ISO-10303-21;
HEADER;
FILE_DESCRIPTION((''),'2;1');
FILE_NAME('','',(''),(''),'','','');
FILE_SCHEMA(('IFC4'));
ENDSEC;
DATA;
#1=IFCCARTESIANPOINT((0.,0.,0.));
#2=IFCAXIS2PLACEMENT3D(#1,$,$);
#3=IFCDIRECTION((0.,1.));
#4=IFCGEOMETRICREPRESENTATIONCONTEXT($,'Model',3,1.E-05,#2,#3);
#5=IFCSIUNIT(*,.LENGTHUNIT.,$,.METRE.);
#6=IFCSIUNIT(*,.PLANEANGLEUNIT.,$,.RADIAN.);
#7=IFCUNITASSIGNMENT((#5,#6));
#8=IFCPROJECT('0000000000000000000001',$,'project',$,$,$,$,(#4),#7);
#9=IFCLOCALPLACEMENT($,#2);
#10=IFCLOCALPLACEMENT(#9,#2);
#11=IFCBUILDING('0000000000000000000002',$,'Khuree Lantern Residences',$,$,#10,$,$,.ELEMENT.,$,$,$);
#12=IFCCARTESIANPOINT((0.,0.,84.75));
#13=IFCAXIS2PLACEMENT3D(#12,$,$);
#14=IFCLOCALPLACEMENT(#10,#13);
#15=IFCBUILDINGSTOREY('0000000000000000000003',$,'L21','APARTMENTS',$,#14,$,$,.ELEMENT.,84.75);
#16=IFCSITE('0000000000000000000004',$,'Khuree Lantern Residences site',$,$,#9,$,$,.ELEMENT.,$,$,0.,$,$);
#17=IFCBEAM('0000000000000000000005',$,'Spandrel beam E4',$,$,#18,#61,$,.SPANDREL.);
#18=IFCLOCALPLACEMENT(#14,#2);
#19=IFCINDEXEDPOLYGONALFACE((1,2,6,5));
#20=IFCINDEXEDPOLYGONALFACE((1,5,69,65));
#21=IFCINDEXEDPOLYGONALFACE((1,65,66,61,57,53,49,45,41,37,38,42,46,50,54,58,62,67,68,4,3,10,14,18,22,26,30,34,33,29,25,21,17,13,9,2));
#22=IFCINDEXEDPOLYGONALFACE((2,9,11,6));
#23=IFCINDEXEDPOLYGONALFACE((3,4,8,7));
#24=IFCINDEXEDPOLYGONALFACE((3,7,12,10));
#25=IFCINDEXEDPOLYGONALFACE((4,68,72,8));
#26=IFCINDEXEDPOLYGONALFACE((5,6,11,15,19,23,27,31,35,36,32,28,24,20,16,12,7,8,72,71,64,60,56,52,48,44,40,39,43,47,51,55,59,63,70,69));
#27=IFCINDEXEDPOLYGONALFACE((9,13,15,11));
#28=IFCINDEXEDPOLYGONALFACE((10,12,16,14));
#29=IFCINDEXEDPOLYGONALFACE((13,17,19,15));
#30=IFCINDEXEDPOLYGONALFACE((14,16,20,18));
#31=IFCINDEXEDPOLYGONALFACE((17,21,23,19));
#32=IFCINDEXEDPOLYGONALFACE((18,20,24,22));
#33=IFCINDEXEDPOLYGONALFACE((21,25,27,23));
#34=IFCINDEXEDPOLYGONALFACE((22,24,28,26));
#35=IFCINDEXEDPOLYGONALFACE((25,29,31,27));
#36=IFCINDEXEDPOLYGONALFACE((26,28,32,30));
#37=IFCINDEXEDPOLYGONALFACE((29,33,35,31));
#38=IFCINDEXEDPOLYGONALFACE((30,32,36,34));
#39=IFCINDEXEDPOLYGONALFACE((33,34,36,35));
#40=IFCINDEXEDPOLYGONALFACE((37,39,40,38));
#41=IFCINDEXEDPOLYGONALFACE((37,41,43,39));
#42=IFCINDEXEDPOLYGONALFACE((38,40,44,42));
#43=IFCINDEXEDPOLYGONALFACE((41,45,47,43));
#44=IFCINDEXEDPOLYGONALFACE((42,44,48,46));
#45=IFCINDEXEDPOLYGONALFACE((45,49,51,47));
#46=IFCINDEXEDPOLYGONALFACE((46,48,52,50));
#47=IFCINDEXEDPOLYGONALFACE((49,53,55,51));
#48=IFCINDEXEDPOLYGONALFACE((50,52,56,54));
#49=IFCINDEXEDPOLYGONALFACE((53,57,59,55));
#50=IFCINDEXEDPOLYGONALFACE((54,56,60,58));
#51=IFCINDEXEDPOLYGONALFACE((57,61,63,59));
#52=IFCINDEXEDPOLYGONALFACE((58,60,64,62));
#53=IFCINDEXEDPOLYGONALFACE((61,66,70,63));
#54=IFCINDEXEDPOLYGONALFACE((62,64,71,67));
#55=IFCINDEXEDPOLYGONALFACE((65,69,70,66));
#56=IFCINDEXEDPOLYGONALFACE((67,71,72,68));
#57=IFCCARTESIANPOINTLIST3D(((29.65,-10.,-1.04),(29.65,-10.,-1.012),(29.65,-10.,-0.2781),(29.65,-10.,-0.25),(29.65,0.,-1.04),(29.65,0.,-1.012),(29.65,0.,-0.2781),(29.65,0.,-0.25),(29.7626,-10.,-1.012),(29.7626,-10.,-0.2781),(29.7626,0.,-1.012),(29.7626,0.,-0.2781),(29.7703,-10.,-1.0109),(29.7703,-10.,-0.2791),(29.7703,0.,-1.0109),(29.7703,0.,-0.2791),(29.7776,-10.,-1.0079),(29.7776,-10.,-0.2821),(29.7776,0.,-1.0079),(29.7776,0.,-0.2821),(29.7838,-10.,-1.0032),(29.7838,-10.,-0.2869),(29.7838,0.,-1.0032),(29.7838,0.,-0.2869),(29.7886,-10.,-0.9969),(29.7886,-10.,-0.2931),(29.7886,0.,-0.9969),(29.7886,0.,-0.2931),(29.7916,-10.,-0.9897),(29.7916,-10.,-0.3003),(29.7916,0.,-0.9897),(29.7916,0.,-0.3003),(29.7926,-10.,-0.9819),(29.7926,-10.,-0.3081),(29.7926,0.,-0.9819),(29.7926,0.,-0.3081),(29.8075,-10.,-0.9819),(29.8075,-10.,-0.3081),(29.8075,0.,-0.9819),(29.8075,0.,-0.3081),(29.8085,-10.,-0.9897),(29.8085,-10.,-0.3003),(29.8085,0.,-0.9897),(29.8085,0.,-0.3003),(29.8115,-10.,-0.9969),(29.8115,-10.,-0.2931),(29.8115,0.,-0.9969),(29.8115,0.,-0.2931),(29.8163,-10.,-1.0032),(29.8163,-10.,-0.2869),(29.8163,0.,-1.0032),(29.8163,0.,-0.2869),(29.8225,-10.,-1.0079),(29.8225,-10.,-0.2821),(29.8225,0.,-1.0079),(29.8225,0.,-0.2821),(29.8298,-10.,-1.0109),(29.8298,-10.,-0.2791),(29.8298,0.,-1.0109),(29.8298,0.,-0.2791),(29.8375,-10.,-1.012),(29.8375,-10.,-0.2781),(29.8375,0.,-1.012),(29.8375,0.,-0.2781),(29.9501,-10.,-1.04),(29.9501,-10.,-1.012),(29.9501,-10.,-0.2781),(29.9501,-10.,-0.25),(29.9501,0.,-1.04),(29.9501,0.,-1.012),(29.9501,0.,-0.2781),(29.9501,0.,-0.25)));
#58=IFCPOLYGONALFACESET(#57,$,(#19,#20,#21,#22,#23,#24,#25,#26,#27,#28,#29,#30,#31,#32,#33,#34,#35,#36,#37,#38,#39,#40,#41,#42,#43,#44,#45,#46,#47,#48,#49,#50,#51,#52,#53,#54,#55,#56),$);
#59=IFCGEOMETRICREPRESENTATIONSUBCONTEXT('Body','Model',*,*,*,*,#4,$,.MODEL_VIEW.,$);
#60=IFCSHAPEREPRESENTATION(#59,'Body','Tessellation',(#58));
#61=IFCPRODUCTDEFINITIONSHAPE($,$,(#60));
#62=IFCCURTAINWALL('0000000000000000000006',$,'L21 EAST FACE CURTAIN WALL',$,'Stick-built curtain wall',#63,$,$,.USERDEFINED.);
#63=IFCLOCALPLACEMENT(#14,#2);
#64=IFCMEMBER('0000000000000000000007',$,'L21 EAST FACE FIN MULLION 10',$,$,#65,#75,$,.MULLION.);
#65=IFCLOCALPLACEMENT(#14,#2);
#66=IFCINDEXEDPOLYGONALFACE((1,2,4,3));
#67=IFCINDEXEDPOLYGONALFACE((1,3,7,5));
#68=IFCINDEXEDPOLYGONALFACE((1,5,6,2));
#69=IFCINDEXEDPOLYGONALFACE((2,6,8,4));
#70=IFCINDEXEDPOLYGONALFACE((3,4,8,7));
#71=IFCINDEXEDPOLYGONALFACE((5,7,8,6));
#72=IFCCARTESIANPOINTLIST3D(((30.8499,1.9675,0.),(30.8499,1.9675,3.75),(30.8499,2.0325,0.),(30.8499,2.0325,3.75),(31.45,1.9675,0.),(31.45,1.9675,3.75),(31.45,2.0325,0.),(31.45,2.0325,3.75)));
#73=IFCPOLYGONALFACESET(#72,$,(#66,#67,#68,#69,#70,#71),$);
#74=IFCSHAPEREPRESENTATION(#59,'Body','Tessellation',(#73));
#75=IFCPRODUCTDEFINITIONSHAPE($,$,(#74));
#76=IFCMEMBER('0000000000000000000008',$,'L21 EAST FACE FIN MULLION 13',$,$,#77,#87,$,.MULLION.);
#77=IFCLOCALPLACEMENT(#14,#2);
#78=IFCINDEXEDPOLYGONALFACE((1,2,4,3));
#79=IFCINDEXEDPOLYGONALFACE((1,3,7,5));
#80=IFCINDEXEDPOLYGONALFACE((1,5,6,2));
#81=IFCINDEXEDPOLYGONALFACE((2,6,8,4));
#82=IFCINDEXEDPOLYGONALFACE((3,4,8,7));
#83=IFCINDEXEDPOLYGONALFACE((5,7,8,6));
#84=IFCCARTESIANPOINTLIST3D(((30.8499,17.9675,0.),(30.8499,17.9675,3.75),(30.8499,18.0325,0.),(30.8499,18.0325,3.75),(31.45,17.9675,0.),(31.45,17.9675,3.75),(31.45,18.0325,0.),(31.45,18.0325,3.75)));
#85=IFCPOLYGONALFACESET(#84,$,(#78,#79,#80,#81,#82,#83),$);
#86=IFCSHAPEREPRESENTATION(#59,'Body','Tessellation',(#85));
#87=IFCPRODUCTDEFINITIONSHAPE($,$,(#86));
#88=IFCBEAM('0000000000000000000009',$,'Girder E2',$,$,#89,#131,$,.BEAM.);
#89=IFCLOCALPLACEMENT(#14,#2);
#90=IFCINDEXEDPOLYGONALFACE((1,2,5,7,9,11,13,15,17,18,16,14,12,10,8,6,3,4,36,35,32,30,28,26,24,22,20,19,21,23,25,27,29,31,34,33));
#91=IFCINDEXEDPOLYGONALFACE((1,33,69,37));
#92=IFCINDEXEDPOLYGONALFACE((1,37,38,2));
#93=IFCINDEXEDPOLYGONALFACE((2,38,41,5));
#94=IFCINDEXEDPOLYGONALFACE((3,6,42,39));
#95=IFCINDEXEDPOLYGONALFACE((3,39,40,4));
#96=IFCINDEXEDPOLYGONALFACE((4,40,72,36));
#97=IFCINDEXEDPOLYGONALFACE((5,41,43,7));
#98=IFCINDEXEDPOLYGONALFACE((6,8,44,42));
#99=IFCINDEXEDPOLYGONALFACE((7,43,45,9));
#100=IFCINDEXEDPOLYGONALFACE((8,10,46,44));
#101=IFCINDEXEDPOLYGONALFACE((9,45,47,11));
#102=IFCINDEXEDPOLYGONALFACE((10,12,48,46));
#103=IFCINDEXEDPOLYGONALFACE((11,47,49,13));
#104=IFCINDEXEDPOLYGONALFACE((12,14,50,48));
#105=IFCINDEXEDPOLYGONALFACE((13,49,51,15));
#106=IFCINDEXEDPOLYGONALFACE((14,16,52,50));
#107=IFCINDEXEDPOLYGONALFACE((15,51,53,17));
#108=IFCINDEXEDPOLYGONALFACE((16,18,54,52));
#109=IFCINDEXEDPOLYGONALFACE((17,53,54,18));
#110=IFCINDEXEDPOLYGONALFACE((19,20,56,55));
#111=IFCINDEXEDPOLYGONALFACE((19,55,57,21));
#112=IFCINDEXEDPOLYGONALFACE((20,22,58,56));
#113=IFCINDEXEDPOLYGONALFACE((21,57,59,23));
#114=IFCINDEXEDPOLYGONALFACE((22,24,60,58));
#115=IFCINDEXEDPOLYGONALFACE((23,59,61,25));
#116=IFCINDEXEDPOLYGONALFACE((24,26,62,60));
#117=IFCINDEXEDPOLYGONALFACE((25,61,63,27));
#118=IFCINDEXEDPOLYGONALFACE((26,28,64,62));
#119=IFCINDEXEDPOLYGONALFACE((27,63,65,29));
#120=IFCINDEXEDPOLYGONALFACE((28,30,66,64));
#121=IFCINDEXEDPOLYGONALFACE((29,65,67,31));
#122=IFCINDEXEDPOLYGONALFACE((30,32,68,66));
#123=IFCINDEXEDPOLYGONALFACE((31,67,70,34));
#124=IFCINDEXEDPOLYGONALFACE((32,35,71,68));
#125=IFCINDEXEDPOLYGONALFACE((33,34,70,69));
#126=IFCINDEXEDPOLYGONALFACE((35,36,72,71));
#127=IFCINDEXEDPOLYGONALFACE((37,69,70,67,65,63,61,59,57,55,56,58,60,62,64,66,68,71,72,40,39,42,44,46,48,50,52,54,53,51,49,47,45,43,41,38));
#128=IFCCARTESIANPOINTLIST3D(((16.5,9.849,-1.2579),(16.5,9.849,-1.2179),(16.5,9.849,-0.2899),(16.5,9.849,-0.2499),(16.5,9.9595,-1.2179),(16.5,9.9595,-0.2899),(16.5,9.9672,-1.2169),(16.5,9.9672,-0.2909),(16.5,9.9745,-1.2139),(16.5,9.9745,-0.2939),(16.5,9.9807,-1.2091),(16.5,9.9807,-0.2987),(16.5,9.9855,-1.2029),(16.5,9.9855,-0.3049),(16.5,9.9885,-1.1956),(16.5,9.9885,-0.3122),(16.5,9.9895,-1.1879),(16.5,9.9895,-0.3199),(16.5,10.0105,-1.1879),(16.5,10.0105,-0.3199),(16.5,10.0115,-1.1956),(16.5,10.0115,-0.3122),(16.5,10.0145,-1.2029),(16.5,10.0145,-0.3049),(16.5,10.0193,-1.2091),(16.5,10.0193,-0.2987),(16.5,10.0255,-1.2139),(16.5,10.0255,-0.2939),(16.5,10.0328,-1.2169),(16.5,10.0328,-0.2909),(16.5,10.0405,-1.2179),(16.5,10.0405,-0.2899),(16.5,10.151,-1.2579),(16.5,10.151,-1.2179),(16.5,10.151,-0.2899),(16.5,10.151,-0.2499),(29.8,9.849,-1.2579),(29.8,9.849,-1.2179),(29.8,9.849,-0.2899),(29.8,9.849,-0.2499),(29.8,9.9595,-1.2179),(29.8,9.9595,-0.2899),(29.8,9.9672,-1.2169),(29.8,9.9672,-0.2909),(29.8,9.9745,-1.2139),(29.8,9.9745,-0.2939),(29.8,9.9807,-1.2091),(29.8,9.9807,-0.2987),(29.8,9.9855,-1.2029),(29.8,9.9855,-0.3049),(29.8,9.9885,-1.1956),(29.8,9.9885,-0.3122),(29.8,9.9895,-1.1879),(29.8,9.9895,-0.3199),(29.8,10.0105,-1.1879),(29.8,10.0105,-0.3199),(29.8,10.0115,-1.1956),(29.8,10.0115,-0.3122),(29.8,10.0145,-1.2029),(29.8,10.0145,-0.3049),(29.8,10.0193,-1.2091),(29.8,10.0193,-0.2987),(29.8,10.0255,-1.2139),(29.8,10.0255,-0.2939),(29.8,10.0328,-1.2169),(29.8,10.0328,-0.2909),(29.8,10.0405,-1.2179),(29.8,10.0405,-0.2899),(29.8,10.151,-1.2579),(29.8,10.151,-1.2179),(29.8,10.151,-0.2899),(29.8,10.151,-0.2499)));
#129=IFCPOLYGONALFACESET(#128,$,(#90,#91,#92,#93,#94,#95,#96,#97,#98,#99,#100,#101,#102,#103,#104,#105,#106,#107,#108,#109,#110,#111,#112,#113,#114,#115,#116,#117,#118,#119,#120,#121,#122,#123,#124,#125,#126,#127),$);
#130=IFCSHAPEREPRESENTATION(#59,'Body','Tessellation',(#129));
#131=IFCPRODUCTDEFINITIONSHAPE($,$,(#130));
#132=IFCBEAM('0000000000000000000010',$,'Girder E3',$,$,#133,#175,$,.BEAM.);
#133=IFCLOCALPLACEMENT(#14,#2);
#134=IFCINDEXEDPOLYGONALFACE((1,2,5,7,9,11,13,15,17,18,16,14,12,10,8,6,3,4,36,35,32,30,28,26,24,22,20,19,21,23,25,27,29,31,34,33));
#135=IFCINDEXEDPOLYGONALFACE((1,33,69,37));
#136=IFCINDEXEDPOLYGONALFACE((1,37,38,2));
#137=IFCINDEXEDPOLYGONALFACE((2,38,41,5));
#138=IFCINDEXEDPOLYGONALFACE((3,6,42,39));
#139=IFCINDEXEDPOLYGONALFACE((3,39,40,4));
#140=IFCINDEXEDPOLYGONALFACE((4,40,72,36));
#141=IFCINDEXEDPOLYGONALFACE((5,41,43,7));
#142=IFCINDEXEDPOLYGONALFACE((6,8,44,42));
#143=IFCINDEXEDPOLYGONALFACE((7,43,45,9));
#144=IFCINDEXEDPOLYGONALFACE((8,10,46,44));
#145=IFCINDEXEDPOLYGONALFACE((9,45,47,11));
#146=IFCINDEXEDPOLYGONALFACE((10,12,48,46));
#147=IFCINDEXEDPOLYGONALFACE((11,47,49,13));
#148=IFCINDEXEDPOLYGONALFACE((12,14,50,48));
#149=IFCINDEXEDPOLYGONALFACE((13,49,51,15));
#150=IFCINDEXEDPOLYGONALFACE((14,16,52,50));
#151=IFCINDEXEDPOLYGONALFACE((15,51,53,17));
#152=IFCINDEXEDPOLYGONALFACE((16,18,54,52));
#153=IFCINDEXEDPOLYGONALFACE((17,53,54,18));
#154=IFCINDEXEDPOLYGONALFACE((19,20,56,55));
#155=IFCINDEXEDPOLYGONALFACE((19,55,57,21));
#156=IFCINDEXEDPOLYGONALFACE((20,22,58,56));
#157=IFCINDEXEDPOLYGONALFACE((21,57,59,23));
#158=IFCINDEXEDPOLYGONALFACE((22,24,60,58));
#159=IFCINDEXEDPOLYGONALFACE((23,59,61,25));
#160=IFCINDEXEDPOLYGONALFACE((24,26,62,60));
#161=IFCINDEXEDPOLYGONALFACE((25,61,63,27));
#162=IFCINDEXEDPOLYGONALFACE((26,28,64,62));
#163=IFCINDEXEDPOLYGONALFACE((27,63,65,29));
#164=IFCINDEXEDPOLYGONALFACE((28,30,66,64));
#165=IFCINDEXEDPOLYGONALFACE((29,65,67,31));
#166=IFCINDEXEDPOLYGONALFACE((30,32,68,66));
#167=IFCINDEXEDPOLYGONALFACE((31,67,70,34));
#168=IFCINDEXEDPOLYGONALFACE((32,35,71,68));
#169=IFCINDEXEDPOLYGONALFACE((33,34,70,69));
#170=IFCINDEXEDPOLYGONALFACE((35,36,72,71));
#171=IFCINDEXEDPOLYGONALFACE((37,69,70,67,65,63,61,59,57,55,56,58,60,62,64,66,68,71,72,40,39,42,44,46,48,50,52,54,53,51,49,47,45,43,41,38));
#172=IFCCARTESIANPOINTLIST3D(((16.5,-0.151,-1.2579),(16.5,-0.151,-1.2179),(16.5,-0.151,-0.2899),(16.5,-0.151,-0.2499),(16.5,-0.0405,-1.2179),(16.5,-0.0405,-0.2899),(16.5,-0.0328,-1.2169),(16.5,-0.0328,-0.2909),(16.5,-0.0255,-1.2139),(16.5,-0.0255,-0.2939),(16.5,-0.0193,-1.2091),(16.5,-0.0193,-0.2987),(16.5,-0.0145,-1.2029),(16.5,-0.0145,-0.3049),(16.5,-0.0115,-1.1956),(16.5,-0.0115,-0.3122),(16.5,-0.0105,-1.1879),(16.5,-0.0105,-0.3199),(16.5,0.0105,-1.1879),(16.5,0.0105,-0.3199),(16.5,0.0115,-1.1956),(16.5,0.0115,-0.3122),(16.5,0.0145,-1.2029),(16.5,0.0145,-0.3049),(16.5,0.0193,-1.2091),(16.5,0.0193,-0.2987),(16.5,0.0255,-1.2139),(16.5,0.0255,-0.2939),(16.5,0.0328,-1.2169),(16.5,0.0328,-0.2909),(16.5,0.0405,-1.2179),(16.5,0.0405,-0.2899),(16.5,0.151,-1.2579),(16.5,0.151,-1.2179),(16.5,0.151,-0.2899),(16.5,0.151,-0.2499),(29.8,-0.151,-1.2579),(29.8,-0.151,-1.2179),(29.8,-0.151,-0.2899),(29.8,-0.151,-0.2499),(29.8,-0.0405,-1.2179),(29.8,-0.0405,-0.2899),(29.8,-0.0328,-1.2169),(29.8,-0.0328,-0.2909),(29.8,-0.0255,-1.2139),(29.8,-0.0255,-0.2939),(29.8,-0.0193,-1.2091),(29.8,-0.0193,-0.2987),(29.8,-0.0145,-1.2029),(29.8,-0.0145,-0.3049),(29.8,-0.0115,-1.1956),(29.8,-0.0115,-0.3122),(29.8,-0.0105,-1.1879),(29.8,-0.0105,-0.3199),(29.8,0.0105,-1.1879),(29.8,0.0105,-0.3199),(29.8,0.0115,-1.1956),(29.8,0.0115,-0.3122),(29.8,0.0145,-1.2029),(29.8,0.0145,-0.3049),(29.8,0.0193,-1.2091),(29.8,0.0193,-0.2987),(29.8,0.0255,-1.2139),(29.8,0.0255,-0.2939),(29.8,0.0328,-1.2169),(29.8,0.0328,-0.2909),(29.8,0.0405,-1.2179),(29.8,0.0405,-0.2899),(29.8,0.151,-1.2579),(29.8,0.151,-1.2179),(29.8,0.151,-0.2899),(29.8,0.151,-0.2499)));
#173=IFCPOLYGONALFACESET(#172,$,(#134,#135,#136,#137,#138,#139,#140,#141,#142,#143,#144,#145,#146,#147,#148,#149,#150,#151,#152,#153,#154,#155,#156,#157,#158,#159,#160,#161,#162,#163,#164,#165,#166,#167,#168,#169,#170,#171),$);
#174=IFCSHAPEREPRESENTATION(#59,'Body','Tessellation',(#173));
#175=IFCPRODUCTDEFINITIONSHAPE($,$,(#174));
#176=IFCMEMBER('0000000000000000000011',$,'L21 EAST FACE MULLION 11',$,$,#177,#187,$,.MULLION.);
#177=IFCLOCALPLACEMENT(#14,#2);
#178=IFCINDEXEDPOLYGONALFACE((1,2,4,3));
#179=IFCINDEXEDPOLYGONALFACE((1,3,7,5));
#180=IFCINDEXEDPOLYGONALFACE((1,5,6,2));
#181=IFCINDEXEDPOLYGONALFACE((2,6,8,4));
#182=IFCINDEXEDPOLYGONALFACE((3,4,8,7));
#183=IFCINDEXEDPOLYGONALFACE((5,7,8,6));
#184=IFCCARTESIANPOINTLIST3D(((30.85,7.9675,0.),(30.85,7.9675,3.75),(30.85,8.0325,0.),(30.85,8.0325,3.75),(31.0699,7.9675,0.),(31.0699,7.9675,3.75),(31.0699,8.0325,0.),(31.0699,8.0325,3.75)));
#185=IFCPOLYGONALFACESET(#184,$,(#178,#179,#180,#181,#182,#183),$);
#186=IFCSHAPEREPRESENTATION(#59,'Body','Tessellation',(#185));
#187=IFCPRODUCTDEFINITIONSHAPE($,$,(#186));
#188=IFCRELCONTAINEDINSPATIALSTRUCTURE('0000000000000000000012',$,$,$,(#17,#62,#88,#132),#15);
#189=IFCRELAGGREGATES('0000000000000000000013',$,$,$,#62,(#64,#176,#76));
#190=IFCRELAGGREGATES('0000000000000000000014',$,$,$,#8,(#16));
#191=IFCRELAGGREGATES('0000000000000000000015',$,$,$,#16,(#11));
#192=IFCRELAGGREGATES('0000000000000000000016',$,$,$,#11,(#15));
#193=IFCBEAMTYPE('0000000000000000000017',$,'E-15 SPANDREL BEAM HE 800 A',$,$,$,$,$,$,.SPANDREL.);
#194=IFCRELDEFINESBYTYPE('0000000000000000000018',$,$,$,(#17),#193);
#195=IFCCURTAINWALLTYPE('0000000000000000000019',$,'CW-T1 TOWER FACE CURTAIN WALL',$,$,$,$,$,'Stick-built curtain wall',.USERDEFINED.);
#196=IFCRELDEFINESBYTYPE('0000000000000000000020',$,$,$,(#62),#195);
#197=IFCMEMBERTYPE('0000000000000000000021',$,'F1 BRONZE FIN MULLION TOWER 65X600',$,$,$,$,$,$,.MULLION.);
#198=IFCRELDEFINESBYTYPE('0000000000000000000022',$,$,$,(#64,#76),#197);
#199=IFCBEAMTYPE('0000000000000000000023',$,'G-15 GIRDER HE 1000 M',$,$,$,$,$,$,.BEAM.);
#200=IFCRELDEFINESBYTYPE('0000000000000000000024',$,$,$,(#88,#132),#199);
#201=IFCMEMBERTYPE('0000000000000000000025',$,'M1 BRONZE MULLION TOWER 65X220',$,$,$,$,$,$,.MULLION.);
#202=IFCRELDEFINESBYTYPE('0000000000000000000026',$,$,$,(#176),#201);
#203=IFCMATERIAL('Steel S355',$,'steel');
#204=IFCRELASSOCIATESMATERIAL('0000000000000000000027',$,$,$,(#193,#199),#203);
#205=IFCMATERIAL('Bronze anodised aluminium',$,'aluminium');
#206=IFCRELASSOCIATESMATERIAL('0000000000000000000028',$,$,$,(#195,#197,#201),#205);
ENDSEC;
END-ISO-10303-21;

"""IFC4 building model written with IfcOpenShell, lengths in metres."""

from ifc_helpers import new_model, si_unit, direction, frame, origin, origin_2d, place, context, subcontext, project, spatial, rectangle, i_section, extrude, material, material_profile, profile_set, type_object, element, aggregate, save


model = new_model("IFC4")

# Units and contexts
model_context = context("Model", 3, precision=1e-05, world=origin(), true_north=direction((0.0, 1.0)))
body_context = subcontext(model_context, "Body", "Model", "MODEL_VIEW")
ifc_project = project(units=[si_unit("LENGTHUNIT", "METRE"), si_unit("PLANEANGLEUNIT", "RADIAN")], contexts=[model_context])

# Site, building, storey
site_placement = place(None, origin())
site = spatial("IfcSite", under=ifc_project, at=site_placement, Name="Khuree Lantern Residences site", CompositionType="ELEMENT", RefElevation=0.0)
building_placement = place(site_placement, origin())
building = spatial("IfcBuilding", under=site, at=building_placement, Name="Khuree Lantern Residences", CompositionType="ELEMENT")
storey_placement = place(building_placement, frame((0.0, 0.0, 84.75)))
storey = spatial("IfcBuildingStorey", under=building, at=storey_placement, Name="L21", Description="APARTMENTS", CompositionType="ELEMENT", Elevation=84.75)

# Beam
ifc_material_1 = material(Name="Steel S355", Category="steel")
ifc_material_profile_1 = material_profile(ifc_material_1, i_section(OverallWidth=0.3, OverallDepth=0.79, WebThickness=0.0149, FlangeThickness=0.0281, FilletRadius=0.03, at=origin_2d()), Name="HE 800 A")
ifc_profile_set_1 = profile_set([ifc_material_profile_1], Name="Steel S355")
beam_type_1 = type_object("IfcBeamType", Name="E-15 SPANDREL BEAM HE 800 A", PredefinedType="SPANDREL", material=ifc_profile_set_1)
for number, where, z_axis, x_axis, name in (
    (1, (29.8, 0.0, -0.645), (0.0, -1.0, 0.0), (1.0, 0.0, 0.0), "Spandrel beam E4"),
):
    element("IfcBeam", number, at=place(storey_placement, frame(where, z_axis=z_axis, x_axis=x_axis)), inside=storey, type_object=beam_type_1, Name=name, PredefinedType="SPANDREL", context=body_context, shape_type="SweptSolid", body=[
        extrude(i_section(OverallWidth=0.3, OverallDepth=0.79, WebThickness=0.0149, FlangeThickness=0.0281, FilletRadius=0.03, at=origin_2d()), origin(), (0.0, 0.0, 1.0), 10.0),
    ])

# Curtain wall, members
ifc_material_2 = material(Name="Bronze anodised aluminium", Category="aluminium")
curtain_wall_type = type_object("IfcCurtainWallType", Name="CW-T1 TOWER FACE CURTAIN WALL", ElementType="Stick-built curtain wall", PredefinedType="USERDEFINED", material=ifc_material_2)
curtain_wall_placement = place(storey_placement, origin())
curtain_wall = element("IfcCurtainWall", 2, at=curtain_wall_placement, inside=storey, type_object=curtain_wall_type, Name="L21 EAST FACE CURTAIN WALL", ObjectType="Stick-built curtain wall", PredefinedType="USERDEFINED")
ifc_material_profile_2 = material_profile(ifc_material_2, rectangle(XDim=0.0649, YDim=0.6001, at=origin_2d()), Name="F1 65X600")
ifc_profile_set_2 = profile_set([ifc_material_profile_2], Name="Bronze anodised aluminium")
member_type_1 = type_object("IfcMemberType", Name="F1 BRONZE FIN MULLION TOWER 65X600", PredefinedType="MULLION", material=ifc_profile_set_2)
member_1_placement = place(storey_placement, frame((31.1499, 2.0, 0.0), z_axis=(0.0, 0.0, 1.0), x_axis=(0.0, 1.0, 0.0)))
member_1 = element("IfcMember", 3, at=member_1_placement, type_object=member_type_1, Name="L21 EAST FACE FIN MULLION 10", PredefinedType="MULLION", context=body_context, shape_type="SweptSolid", body=[
    extrude(rectangle(XDim=0.0649, YDim=0.6001, at=origin_2d()), origin(), (0.0, 0.0, 1.0), 3.75),
])
member_2_placement = place(storey_placement, frame((31.1499, 18.0, 0.0), z_axis=(0.0, 0.0, 1.0), x_axis=(0.0, 1.0, 0.0)))
member_2 = element("IfcMember", 4, at=member_2_placement, type_object=member_type_1, Name="L21 EAST FACE FIN MULLION 13", PredefinedType="MULLION", context=body_context, shape_type="SweptSolid", body=[
    extrude(rectangle(XDim=0.0649, YDim=0.6001, at=origin_2d()), origin(), (0.0, 0.0, 1.0), 3.75),
])

# Beams
ifc_material_profile_3 = material_profile(ifc_material_1, i_section(OverallWidth=0.302, OverallDepth=1.0081, WebThickness=0.021, FlangeThickness=0.04, FilletRadius=0.03, at=origin_2d()), Name="HE 1000 M")
ifc_profile_set_3 = profile_set([ifc_material_profile_3], Name="Steel S355")
beam_type_2 = type_object("IfcBeamType", Name="G-15 GIRDER HE 1000 M", PredefinedType="BEAM", material=ifc_profile_set_3)
for number, where, z_axis, x_axis, name in (
    (5, (29.8, 10.0, -0.7539), (-1.0, 0.0, 0.0), (0.0, -1.0, 0.0), "Girder E2"),
    (6, (29.8, 0.0, -0.7539), (-1.0, 0.0, 0.0), (0.0, -1.0, 0.0), "Girder E3"),
):
    element("IfcBeam", number, at=place(storey_placement, frame(where, z_axis=z_axis, x_axis=x_axis)), inside=storey, type_object=beam_type_2, Name=name, PredefinedType="BEAM", context=body_context, shape_type="SweptSolid", body=[
        extrude(i_section(OverallWidth=0.302, OverallDepth=1.0081, WebThickness=0.021, FlangeThickness=0.04, FilletRadius=0.03, at=origin_2d()), origin(), (0.0, 0.0, 1.0), 13.3),
    ])

# Member
ifc_material_profile_4 = material_profile(ifc_material_2, rectangle(XDim=0.0649, YDim=0.22, at=origin_2d()), Name="M1 65X220")
ifc_profile_set_4 = profile_set([ifc_material_profile_4], Name="Bronze anodised aluminium")
member_type_2 = type_object("IfcMemberType", Name="M1 BRONZE MULLION TOWER 65X220", PredefinedType="MULLION", material=ifc_profile_set_4)
member_3_placement = place(storey_placement, frame((30.96, 8.0, 0.0), z_axis=(0.0, 0.0, 1.0), x_axis=(0.0, 1.0, 0.0)))
member_3 = element("IfcMember", 7, at=member_3_placement, type_object=member_type_2, Name="L21 EAST FACE MULLION 11", PredefinedType="MULLION", context=body_context, shape_type="SweptSolid", body=[
    extrude(rectangle(XDim=0.0649, YDim=0.22, at=origin_2d()), origin(), (0.0, 0.0, 1.0), 3.75),
])

aggregate(curtain_wall, [member_1, member_3, member_2])

save(model, "model.ifc")
